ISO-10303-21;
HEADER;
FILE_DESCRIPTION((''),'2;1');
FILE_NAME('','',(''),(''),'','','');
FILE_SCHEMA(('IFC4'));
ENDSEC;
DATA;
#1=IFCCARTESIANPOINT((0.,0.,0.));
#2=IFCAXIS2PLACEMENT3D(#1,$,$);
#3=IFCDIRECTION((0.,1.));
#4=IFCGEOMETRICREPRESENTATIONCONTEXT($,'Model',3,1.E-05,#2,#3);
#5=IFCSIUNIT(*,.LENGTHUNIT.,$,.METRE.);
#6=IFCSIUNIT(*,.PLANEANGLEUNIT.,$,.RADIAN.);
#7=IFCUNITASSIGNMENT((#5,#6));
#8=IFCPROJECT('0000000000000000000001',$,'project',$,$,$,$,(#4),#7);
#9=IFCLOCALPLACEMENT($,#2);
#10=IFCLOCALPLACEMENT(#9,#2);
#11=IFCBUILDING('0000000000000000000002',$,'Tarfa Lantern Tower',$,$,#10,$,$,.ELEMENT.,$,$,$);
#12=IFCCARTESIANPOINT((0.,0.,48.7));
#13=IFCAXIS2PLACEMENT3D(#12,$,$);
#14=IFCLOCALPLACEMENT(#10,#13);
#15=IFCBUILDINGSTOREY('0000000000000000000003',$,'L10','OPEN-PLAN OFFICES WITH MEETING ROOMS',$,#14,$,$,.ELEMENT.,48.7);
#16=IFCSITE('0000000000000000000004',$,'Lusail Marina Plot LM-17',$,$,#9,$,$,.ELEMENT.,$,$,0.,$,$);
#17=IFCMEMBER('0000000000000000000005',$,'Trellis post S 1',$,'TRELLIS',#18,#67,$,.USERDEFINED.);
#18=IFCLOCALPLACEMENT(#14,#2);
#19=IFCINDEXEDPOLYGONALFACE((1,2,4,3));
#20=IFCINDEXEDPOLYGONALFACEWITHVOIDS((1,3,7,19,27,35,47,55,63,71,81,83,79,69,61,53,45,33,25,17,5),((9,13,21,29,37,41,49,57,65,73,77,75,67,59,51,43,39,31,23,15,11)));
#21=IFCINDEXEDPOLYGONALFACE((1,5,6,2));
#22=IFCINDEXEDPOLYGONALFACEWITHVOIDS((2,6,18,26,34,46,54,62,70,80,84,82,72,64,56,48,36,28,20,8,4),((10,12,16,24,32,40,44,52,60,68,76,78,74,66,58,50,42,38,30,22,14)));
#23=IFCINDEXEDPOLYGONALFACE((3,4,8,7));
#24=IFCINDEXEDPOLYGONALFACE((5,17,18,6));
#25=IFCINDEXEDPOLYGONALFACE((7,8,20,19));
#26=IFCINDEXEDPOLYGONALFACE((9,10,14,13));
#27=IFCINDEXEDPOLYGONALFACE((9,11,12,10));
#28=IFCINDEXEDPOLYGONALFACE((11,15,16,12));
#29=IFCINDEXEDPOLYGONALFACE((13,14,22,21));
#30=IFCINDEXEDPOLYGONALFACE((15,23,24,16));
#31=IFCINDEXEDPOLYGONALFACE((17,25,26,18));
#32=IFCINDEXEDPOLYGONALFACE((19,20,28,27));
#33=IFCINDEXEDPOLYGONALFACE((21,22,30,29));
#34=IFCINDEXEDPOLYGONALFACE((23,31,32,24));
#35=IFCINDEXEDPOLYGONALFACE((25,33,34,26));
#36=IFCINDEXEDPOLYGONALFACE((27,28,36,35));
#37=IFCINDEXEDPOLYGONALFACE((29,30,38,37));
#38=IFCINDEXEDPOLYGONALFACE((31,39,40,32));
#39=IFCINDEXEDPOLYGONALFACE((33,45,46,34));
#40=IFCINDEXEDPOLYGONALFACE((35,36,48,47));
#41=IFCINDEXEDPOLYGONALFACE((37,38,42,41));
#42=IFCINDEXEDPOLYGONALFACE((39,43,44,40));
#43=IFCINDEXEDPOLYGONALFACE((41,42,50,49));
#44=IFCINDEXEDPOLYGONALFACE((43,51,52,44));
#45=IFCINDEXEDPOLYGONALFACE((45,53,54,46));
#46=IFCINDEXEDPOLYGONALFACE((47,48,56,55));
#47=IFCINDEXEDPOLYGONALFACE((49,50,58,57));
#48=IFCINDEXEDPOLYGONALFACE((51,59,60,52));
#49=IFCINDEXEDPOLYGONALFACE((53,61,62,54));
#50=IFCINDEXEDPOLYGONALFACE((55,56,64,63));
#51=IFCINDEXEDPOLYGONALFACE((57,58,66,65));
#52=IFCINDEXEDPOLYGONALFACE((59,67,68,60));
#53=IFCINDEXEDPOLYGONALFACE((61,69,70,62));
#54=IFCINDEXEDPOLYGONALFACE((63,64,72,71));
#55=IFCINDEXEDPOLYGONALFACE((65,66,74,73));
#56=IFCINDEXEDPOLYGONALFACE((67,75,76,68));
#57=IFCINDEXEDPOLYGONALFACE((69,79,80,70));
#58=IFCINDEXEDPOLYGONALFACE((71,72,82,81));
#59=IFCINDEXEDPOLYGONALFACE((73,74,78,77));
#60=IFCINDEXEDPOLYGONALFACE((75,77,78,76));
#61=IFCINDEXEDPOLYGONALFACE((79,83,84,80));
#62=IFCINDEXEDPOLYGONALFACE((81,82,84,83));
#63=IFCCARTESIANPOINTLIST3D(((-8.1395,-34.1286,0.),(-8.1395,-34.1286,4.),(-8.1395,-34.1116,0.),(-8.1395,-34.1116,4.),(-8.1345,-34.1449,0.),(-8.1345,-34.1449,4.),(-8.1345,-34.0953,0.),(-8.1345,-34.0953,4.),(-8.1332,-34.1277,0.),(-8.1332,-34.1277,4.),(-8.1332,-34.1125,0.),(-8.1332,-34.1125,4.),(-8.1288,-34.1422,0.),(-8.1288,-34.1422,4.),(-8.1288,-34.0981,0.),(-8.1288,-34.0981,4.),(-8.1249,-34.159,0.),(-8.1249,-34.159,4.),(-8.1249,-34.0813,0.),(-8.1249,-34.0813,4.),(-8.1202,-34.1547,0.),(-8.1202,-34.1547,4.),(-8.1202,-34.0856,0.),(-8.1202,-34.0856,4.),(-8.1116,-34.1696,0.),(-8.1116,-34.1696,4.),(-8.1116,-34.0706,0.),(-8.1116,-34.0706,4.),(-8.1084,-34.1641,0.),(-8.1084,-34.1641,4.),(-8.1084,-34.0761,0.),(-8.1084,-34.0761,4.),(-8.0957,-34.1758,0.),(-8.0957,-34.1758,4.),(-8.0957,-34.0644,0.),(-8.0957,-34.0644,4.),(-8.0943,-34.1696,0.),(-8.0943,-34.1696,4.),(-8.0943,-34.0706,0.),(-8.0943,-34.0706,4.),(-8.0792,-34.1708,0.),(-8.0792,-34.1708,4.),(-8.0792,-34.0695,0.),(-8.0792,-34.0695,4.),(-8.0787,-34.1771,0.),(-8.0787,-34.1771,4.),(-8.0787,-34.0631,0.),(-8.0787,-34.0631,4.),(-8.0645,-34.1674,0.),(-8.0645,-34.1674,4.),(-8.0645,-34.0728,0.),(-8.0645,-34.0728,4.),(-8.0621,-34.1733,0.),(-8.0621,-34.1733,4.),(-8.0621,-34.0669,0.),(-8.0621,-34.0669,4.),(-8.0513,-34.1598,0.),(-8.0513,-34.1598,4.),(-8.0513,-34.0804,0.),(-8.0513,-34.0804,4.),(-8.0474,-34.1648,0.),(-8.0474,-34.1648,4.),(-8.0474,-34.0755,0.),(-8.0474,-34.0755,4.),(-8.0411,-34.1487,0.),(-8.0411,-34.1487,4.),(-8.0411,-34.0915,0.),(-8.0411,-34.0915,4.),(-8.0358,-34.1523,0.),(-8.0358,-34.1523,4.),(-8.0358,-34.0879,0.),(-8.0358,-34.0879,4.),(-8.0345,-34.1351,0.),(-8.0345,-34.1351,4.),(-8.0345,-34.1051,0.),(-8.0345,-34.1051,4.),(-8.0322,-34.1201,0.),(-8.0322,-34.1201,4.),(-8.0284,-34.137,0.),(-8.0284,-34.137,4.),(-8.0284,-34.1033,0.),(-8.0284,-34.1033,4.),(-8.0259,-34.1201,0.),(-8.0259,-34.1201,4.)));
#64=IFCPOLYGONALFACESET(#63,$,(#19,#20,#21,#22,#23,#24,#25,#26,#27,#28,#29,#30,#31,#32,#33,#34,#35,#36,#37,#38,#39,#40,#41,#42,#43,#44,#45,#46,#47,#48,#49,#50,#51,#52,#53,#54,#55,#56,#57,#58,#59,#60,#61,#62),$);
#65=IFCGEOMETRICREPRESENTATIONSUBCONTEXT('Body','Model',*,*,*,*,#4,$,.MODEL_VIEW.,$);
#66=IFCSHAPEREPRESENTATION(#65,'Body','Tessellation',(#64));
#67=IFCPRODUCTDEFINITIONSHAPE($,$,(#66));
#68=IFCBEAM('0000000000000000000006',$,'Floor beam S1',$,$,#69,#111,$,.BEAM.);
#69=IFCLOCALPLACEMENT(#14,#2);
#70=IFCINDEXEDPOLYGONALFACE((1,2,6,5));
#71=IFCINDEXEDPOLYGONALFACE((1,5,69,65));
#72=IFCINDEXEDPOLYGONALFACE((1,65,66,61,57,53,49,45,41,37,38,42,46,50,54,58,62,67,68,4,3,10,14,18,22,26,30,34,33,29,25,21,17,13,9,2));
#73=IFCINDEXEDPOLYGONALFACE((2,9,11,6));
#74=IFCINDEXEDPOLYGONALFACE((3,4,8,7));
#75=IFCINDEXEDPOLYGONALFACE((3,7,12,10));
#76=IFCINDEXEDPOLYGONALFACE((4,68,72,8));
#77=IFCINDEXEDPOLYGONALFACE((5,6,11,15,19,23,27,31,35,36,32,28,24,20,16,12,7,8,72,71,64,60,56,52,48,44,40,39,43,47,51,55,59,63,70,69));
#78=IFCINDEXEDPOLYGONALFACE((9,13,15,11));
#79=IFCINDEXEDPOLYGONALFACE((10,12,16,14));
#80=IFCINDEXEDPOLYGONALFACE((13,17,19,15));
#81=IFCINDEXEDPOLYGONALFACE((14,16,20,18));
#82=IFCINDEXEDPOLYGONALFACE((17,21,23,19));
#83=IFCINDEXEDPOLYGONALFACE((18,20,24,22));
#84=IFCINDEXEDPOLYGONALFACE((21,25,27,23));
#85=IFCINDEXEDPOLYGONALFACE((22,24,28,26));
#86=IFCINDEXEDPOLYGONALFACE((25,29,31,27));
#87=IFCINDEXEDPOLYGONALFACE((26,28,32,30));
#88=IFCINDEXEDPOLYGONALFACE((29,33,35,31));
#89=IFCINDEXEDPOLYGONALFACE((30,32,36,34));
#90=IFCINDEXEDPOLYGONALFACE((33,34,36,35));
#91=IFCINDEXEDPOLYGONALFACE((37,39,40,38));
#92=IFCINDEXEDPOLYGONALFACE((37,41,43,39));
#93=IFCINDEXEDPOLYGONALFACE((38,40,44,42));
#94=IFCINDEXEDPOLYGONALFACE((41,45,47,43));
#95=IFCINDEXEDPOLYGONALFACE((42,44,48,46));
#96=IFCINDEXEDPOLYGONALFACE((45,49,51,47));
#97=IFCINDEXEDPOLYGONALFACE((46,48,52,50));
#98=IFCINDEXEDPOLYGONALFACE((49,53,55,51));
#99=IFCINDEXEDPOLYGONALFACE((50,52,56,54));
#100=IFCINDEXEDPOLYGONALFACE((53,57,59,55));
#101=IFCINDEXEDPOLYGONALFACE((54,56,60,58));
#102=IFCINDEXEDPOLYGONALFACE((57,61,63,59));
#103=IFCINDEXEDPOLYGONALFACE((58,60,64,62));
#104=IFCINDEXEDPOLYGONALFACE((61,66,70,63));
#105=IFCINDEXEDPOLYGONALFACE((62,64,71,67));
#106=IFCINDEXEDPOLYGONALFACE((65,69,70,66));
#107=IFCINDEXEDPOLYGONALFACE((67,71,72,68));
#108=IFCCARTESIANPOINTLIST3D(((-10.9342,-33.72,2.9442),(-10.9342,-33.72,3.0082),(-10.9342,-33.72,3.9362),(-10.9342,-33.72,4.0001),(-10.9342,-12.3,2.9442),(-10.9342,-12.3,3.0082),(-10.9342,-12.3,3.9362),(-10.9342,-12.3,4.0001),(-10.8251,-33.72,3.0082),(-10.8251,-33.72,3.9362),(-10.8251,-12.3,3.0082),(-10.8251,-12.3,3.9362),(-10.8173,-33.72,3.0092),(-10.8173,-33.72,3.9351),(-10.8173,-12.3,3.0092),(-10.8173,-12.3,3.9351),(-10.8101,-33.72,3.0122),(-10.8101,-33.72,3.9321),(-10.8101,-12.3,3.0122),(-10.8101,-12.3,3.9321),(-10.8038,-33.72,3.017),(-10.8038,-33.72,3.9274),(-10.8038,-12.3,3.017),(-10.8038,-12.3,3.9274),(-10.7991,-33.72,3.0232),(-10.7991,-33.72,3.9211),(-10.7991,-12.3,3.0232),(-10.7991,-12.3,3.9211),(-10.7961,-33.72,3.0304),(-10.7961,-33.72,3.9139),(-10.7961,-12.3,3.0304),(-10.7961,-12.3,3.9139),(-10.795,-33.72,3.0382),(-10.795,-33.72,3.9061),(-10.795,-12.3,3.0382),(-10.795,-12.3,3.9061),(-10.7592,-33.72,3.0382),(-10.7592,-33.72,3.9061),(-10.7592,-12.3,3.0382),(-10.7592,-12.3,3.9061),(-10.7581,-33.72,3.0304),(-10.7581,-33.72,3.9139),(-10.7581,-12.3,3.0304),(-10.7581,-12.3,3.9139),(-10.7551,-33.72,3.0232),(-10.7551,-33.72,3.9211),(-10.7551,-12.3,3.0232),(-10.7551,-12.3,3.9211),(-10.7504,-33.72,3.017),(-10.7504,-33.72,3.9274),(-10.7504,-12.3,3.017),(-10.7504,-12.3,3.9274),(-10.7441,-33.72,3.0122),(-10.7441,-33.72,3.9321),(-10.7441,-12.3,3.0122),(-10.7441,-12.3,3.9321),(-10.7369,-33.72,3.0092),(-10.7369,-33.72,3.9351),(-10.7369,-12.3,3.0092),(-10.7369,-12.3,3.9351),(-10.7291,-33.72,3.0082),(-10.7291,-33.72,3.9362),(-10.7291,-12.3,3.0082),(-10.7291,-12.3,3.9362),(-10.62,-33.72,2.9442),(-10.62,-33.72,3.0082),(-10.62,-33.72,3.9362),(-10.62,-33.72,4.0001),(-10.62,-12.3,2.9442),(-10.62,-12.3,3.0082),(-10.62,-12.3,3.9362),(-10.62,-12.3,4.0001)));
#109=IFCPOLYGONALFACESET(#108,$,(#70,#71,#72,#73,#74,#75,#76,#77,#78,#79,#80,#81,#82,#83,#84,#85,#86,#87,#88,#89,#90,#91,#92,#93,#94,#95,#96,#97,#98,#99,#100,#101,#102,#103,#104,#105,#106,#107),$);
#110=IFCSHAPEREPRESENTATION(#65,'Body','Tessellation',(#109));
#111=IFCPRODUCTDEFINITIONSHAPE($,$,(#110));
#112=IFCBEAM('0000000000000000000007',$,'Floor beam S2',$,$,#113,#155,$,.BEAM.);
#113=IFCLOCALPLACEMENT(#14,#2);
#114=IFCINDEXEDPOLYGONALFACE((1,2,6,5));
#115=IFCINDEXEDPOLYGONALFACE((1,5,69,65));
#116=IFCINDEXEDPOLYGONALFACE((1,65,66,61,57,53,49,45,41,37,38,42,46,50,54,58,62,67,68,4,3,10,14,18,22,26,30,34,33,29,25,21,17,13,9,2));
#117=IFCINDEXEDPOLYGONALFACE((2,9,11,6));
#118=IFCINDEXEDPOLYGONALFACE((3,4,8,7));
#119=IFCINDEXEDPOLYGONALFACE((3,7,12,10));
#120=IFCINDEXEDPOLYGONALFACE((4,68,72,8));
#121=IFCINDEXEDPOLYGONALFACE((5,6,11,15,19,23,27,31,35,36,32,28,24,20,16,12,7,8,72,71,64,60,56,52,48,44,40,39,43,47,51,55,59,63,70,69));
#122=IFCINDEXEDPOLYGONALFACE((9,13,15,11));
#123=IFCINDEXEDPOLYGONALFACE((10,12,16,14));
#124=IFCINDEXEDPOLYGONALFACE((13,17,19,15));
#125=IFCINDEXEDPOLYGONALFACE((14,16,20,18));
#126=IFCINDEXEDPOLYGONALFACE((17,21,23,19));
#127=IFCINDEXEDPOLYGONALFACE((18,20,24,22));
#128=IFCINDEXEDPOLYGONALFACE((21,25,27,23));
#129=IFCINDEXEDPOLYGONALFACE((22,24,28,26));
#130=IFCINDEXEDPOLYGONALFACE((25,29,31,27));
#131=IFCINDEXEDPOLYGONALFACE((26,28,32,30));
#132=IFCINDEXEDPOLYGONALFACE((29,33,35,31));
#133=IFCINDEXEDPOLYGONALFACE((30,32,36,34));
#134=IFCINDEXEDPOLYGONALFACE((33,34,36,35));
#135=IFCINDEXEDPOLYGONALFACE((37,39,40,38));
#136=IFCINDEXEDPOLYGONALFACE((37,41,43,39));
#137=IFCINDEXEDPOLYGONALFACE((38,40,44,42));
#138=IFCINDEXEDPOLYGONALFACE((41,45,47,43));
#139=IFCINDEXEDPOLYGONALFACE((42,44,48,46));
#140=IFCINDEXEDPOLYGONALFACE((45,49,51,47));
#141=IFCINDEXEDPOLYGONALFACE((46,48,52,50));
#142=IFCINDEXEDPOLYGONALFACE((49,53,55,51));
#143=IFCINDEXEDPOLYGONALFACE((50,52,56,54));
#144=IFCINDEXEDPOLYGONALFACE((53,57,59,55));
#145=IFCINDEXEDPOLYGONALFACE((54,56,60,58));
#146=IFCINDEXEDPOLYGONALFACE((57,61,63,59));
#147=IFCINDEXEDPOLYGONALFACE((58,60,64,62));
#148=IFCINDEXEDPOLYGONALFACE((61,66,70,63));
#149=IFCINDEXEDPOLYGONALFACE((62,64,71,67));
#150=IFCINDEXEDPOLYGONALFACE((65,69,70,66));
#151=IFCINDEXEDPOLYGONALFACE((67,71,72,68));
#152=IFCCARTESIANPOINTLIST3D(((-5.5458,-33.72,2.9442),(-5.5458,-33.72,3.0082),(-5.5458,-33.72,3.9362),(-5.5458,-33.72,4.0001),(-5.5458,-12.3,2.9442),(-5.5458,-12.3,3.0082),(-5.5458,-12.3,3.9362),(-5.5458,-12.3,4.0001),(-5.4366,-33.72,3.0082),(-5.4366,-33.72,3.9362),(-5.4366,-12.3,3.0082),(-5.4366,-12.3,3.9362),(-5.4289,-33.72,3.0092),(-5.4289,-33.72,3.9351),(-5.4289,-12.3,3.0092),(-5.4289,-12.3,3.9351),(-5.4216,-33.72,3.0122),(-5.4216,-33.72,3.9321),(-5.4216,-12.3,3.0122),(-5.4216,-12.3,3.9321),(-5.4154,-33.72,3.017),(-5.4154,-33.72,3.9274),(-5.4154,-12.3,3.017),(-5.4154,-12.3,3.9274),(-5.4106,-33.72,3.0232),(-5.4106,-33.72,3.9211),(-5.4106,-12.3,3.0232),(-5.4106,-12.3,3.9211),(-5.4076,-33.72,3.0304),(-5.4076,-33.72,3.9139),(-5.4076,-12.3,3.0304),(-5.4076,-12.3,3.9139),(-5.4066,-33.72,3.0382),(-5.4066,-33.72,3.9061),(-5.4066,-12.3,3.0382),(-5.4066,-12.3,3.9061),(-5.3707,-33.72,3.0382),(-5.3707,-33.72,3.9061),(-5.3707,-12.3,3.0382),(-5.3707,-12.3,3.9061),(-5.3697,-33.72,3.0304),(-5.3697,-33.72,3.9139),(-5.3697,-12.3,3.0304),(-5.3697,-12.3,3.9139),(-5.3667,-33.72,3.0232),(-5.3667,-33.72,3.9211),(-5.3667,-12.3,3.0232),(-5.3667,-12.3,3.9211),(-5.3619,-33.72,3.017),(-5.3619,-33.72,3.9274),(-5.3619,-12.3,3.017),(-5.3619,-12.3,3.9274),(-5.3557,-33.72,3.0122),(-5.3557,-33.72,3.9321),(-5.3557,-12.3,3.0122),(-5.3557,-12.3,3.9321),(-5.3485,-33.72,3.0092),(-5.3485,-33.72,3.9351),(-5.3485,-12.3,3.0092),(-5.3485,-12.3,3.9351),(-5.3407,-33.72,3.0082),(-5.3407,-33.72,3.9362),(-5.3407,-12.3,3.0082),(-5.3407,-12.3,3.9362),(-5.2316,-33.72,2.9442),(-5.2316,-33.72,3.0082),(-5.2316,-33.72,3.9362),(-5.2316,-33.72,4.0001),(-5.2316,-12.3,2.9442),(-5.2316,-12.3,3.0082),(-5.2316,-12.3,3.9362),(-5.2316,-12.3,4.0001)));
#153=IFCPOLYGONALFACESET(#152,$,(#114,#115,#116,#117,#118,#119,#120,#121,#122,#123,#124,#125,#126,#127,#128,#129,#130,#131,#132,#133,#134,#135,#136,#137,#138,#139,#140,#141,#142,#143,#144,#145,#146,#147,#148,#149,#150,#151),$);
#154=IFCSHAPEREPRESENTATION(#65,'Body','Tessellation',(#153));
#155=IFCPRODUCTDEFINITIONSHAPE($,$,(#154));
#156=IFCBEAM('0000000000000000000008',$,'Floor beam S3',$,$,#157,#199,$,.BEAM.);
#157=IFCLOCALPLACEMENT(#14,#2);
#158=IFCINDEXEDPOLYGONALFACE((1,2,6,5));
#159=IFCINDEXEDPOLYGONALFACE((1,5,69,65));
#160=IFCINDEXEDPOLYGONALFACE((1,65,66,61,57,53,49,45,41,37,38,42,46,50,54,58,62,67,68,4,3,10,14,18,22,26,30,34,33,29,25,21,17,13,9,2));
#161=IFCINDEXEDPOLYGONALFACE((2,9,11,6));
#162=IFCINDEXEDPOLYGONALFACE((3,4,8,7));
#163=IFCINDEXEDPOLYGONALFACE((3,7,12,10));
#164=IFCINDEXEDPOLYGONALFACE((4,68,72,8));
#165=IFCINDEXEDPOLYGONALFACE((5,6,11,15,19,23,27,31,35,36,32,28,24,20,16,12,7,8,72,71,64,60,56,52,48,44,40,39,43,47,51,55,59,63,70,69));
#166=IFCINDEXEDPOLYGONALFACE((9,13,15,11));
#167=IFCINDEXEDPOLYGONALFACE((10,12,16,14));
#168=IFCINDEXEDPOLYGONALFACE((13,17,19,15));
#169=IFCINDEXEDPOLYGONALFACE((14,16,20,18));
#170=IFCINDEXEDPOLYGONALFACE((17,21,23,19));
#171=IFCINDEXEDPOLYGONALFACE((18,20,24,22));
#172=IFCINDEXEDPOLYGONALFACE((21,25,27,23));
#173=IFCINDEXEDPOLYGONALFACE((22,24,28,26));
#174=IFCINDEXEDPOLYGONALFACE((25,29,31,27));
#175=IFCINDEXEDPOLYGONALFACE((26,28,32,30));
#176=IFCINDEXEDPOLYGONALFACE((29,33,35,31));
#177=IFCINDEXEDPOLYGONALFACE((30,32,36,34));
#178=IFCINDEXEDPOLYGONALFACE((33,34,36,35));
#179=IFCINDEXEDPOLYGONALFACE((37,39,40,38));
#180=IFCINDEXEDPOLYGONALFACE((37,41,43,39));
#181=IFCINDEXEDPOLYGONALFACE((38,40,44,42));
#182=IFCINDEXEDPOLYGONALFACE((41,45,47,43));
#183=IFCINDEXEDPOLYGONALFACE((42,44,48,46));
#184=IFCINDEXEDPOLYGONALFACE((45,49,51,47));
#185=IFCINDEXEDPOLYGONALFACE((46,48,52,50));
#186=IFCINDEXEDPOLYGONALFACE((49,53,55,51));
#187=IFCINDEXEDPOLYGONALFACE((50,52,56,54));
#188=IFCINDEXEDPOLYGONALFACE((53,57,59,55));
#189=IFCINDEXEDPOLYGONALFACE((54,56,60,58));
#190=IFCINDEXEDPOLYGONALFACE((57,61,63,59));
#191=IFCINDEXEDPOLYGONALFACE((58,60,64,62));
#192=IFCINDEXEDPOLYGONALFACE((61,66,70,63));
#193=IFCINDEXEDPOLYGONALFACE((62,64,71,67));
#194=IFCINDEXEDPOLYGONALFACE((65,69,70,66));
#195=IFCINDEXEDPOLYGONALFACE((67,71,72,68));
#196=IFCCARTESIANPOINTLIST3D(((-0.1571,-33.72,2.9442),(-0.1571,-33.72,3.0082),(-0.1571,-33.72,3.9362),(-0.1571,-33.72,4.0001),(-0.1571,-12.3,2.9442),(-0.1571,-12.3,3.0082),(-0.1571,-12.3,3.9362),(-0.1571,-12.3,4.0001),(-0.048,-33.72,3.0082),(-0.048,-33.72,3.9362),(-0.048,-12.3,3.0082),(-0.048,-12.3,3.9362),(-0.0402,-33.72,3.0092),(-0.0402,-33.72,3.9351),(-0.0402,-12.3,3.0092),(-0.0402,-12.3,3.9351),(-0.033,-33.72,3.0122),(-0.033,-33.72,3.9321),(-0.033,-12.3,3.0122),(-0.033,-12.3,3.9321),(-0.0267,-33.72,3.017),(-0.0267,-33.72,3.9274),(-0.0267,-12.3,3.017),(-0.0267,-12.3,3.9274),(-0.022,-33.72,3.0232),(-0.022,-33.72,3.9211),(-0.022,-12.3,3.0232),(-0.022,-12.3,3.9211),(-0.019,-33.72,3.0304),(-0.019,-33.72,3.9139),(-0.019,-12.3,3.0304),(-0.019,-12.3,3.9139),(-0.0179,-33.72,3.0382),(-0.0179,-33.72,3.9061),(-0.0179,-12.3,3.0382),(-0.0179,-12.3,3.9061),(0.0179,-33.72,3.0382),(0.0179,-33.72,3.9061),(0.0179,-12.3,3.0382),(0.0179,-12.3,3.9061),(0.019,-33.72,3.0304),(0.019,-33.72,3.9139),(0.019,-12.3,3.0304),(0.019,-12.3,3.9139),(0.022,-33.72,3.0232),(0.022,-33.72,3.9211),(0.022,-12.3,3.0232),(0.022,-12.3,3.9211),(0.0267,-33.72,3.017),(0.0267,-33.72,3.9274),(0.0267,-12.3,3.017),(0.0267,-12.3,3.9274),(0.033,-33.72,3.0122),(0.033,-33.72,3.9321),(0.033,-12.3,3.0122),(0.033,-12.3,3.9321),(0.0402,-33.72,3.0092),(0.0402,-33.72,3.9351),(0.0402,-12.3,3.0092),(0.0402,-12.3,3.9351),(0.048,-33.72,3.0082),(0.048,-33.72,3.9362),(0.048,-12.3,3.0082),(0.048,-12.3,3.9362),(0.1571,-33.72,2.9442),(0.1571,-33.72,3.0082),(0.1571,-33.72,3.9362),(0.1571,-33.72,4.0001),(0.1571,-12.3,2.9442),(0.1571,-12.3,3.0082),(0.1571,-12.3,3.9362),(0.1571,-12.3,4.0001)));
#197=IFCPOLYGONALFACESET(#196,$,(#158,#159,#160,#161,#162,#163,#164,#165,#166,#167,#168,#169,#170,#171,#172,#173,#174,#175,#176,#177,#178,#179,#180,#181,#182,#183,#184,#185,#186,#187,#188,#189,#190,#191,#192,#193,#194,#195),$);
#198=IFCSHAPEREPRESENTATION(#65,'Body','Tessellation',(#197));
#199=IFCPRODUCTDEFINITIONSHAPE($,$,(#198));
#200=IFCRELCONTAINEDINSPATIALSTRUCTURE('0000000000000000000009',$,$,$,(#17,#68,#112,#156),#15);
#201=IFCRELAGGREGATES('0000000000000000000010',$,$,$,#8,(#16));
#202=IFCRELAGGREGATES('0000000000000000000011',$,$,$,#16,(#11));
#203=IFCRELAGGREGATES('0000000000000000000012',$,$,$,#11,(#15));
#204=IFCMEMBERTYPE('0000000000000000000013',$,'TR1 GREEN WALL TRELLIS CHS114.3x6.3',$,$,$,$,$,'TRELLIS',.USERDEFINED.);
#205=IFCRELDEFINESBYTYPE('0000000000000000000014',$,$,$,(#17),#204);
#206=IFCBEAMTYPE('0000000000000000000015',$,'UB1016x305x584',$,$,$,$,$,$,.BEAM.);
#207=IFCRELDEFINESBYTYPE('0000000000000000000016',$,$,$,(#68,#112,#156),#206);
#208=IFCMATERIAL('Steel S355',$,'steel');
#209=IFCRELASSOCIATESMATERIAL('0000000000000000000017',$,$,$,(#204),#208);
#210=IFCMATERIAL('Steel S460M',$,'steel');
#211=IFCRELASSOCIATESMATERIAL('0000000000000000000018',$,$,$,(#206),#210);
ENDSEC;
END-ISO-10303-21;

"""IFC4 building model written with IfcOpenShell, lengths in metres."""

from ifc_helpers import new_model, si_unit, direction, frame, origin, origin_2d, place, context, subcontext, project, spatial, hollow_circle, i_section, extrude, material, material_profile, profile_set, type_object, element, save


model = new_model("IFC4")

# Units and contexts
model_context = context("Model", 3, precision=1e-05, world=origin(), true_north=direction((0.0, 1.0)))
body_context = subcontext(model_context, "Body", "Model", "MODEL_VIEW")
ifc_project = project(units=[si_unit("LENGTHUNIT", "METRE"), si_unit("PLANEANGLEUNIT", "RADIAN")], contexts=[model_context])

# Site, building, storey
site_placement = place(None, origin())
site = spatial("IfcSite", under=ifc_project, at=site_placement, Name="Lusail Marina Plot LM-17", CompositionType="ELEMENT", RefElevation=0.0)
building_placement = place(site_placement, origin())
building = spatial("IfcBuilding", under=site, at=building_placement, Name="Tarfa Lantern Tower", CompositionType="ELEMENT")
storey_placement = place(building_placement, frame((0.0, 0.0, 48.7)))
storey = spatial("IfcBuildingStorey", under=building, at=storey_placement, Name="L10", Description="OPEN-PLAN OFFICES WITH MEETING ROOMS", CompositionType="ELEMENT", Elevation=48.7)

# Member
ifc_material_1 = material(Name="Steel S355", Category="steel")
ifc_material_profile_1 = material_profile(ifc_material_1, hollow_circle(Radius=0.0571, WallThickness=0.0063, at=origin_2d()), Name="CHS114.3x6.3")
ifc_profile_set_1 = profile_set([ifc_material_profile_1], Name="Steel S355")
member_type_1 = type_object("IfcMemberType", Name="TR1 GREEN WALL TRELLIS CHS114.3x6.3", ElementType="TRELLIS", PredefinedType="USERDEFINED", material=ifc_profile_set_1)
member_1_placement = place(storey_placement, frame((-8.083, -34.1201, 0.0), z_axis=(0.0, 0.0, 1.0), x_axis=(1.0, 0.0, 0.0)))
element("IfcMember", 1, at=member_1_placement, inside=storey, type_object=member_type_1, Name="Trellis post S 1", ObjectType="TRELLIS", PredefinedType="USERDEFINED", context=body_context, shape_type="SweptSolid", body=[
    extrude(hollow_circle(Radius=0.0571, WallThickness=0.0063, at=origin_2d()), origin(), (0.0, 0.0, 1.0), 4.0),
])

# Beams
ifc_material_2 = material(Name="Steel S460M", Category="steel")
ifc_material_profile_2 = material_profile(ifc_material_2, i_section(OverallWidth=0.3142, OverallDepth=1.0559, WebThickness=0.0359, FlangeThickness=0.064, FilletRadius=0.03, at=origin_2d()), Name="UB1016x305x584")
ifc_profile_set_2 = profile_set([ifc_material_profile_2], Name="Steel S460M")
beam_type_1 = type_object("IfcBeamType", Name="UB1016x305x584", PredefinedType="BEAM", material=ifc_profile_set_2)
for number, where, z_axis, x_axis, name in (
    (2, (-10.7771, -33.72, 3.4722), (0.0, 1.0, 0.0), (-1.0, 0.0, 0.0), "Floor beam S1"),
    (3, (-5.3887, -33.72, 3.4722), (0.0, 1.0, 0.0), (-1.0, 0.0, 0.0), "Floor beam S2"),
    (4, (0.0, -33.72, 3.4722), (0.0, 1.0, 0.0), (-1.0, 0.0, 0.0), "Floor beam S3"),
):
    element("IfcBeam", number, at=place(storey_placement, frame(where, z_axis=z_axis, x_axis=x_axis)), inside=storey, type_object=beam_type_1, Name=name, PredefinedType="BEAM", context=body_context, shape_type="SweptSolid", body=[
        extrude(i_section(OverallWidth=0.3142, OverallDepth=1.0559, WebThickness=0.0359, FlangeThickness=0.064, FilletRadius=0.03, at=origin_2d()), origin(), (0.0, 0.0, 1.0), 21.4199),
    ])

save(model, "model.ifc")
